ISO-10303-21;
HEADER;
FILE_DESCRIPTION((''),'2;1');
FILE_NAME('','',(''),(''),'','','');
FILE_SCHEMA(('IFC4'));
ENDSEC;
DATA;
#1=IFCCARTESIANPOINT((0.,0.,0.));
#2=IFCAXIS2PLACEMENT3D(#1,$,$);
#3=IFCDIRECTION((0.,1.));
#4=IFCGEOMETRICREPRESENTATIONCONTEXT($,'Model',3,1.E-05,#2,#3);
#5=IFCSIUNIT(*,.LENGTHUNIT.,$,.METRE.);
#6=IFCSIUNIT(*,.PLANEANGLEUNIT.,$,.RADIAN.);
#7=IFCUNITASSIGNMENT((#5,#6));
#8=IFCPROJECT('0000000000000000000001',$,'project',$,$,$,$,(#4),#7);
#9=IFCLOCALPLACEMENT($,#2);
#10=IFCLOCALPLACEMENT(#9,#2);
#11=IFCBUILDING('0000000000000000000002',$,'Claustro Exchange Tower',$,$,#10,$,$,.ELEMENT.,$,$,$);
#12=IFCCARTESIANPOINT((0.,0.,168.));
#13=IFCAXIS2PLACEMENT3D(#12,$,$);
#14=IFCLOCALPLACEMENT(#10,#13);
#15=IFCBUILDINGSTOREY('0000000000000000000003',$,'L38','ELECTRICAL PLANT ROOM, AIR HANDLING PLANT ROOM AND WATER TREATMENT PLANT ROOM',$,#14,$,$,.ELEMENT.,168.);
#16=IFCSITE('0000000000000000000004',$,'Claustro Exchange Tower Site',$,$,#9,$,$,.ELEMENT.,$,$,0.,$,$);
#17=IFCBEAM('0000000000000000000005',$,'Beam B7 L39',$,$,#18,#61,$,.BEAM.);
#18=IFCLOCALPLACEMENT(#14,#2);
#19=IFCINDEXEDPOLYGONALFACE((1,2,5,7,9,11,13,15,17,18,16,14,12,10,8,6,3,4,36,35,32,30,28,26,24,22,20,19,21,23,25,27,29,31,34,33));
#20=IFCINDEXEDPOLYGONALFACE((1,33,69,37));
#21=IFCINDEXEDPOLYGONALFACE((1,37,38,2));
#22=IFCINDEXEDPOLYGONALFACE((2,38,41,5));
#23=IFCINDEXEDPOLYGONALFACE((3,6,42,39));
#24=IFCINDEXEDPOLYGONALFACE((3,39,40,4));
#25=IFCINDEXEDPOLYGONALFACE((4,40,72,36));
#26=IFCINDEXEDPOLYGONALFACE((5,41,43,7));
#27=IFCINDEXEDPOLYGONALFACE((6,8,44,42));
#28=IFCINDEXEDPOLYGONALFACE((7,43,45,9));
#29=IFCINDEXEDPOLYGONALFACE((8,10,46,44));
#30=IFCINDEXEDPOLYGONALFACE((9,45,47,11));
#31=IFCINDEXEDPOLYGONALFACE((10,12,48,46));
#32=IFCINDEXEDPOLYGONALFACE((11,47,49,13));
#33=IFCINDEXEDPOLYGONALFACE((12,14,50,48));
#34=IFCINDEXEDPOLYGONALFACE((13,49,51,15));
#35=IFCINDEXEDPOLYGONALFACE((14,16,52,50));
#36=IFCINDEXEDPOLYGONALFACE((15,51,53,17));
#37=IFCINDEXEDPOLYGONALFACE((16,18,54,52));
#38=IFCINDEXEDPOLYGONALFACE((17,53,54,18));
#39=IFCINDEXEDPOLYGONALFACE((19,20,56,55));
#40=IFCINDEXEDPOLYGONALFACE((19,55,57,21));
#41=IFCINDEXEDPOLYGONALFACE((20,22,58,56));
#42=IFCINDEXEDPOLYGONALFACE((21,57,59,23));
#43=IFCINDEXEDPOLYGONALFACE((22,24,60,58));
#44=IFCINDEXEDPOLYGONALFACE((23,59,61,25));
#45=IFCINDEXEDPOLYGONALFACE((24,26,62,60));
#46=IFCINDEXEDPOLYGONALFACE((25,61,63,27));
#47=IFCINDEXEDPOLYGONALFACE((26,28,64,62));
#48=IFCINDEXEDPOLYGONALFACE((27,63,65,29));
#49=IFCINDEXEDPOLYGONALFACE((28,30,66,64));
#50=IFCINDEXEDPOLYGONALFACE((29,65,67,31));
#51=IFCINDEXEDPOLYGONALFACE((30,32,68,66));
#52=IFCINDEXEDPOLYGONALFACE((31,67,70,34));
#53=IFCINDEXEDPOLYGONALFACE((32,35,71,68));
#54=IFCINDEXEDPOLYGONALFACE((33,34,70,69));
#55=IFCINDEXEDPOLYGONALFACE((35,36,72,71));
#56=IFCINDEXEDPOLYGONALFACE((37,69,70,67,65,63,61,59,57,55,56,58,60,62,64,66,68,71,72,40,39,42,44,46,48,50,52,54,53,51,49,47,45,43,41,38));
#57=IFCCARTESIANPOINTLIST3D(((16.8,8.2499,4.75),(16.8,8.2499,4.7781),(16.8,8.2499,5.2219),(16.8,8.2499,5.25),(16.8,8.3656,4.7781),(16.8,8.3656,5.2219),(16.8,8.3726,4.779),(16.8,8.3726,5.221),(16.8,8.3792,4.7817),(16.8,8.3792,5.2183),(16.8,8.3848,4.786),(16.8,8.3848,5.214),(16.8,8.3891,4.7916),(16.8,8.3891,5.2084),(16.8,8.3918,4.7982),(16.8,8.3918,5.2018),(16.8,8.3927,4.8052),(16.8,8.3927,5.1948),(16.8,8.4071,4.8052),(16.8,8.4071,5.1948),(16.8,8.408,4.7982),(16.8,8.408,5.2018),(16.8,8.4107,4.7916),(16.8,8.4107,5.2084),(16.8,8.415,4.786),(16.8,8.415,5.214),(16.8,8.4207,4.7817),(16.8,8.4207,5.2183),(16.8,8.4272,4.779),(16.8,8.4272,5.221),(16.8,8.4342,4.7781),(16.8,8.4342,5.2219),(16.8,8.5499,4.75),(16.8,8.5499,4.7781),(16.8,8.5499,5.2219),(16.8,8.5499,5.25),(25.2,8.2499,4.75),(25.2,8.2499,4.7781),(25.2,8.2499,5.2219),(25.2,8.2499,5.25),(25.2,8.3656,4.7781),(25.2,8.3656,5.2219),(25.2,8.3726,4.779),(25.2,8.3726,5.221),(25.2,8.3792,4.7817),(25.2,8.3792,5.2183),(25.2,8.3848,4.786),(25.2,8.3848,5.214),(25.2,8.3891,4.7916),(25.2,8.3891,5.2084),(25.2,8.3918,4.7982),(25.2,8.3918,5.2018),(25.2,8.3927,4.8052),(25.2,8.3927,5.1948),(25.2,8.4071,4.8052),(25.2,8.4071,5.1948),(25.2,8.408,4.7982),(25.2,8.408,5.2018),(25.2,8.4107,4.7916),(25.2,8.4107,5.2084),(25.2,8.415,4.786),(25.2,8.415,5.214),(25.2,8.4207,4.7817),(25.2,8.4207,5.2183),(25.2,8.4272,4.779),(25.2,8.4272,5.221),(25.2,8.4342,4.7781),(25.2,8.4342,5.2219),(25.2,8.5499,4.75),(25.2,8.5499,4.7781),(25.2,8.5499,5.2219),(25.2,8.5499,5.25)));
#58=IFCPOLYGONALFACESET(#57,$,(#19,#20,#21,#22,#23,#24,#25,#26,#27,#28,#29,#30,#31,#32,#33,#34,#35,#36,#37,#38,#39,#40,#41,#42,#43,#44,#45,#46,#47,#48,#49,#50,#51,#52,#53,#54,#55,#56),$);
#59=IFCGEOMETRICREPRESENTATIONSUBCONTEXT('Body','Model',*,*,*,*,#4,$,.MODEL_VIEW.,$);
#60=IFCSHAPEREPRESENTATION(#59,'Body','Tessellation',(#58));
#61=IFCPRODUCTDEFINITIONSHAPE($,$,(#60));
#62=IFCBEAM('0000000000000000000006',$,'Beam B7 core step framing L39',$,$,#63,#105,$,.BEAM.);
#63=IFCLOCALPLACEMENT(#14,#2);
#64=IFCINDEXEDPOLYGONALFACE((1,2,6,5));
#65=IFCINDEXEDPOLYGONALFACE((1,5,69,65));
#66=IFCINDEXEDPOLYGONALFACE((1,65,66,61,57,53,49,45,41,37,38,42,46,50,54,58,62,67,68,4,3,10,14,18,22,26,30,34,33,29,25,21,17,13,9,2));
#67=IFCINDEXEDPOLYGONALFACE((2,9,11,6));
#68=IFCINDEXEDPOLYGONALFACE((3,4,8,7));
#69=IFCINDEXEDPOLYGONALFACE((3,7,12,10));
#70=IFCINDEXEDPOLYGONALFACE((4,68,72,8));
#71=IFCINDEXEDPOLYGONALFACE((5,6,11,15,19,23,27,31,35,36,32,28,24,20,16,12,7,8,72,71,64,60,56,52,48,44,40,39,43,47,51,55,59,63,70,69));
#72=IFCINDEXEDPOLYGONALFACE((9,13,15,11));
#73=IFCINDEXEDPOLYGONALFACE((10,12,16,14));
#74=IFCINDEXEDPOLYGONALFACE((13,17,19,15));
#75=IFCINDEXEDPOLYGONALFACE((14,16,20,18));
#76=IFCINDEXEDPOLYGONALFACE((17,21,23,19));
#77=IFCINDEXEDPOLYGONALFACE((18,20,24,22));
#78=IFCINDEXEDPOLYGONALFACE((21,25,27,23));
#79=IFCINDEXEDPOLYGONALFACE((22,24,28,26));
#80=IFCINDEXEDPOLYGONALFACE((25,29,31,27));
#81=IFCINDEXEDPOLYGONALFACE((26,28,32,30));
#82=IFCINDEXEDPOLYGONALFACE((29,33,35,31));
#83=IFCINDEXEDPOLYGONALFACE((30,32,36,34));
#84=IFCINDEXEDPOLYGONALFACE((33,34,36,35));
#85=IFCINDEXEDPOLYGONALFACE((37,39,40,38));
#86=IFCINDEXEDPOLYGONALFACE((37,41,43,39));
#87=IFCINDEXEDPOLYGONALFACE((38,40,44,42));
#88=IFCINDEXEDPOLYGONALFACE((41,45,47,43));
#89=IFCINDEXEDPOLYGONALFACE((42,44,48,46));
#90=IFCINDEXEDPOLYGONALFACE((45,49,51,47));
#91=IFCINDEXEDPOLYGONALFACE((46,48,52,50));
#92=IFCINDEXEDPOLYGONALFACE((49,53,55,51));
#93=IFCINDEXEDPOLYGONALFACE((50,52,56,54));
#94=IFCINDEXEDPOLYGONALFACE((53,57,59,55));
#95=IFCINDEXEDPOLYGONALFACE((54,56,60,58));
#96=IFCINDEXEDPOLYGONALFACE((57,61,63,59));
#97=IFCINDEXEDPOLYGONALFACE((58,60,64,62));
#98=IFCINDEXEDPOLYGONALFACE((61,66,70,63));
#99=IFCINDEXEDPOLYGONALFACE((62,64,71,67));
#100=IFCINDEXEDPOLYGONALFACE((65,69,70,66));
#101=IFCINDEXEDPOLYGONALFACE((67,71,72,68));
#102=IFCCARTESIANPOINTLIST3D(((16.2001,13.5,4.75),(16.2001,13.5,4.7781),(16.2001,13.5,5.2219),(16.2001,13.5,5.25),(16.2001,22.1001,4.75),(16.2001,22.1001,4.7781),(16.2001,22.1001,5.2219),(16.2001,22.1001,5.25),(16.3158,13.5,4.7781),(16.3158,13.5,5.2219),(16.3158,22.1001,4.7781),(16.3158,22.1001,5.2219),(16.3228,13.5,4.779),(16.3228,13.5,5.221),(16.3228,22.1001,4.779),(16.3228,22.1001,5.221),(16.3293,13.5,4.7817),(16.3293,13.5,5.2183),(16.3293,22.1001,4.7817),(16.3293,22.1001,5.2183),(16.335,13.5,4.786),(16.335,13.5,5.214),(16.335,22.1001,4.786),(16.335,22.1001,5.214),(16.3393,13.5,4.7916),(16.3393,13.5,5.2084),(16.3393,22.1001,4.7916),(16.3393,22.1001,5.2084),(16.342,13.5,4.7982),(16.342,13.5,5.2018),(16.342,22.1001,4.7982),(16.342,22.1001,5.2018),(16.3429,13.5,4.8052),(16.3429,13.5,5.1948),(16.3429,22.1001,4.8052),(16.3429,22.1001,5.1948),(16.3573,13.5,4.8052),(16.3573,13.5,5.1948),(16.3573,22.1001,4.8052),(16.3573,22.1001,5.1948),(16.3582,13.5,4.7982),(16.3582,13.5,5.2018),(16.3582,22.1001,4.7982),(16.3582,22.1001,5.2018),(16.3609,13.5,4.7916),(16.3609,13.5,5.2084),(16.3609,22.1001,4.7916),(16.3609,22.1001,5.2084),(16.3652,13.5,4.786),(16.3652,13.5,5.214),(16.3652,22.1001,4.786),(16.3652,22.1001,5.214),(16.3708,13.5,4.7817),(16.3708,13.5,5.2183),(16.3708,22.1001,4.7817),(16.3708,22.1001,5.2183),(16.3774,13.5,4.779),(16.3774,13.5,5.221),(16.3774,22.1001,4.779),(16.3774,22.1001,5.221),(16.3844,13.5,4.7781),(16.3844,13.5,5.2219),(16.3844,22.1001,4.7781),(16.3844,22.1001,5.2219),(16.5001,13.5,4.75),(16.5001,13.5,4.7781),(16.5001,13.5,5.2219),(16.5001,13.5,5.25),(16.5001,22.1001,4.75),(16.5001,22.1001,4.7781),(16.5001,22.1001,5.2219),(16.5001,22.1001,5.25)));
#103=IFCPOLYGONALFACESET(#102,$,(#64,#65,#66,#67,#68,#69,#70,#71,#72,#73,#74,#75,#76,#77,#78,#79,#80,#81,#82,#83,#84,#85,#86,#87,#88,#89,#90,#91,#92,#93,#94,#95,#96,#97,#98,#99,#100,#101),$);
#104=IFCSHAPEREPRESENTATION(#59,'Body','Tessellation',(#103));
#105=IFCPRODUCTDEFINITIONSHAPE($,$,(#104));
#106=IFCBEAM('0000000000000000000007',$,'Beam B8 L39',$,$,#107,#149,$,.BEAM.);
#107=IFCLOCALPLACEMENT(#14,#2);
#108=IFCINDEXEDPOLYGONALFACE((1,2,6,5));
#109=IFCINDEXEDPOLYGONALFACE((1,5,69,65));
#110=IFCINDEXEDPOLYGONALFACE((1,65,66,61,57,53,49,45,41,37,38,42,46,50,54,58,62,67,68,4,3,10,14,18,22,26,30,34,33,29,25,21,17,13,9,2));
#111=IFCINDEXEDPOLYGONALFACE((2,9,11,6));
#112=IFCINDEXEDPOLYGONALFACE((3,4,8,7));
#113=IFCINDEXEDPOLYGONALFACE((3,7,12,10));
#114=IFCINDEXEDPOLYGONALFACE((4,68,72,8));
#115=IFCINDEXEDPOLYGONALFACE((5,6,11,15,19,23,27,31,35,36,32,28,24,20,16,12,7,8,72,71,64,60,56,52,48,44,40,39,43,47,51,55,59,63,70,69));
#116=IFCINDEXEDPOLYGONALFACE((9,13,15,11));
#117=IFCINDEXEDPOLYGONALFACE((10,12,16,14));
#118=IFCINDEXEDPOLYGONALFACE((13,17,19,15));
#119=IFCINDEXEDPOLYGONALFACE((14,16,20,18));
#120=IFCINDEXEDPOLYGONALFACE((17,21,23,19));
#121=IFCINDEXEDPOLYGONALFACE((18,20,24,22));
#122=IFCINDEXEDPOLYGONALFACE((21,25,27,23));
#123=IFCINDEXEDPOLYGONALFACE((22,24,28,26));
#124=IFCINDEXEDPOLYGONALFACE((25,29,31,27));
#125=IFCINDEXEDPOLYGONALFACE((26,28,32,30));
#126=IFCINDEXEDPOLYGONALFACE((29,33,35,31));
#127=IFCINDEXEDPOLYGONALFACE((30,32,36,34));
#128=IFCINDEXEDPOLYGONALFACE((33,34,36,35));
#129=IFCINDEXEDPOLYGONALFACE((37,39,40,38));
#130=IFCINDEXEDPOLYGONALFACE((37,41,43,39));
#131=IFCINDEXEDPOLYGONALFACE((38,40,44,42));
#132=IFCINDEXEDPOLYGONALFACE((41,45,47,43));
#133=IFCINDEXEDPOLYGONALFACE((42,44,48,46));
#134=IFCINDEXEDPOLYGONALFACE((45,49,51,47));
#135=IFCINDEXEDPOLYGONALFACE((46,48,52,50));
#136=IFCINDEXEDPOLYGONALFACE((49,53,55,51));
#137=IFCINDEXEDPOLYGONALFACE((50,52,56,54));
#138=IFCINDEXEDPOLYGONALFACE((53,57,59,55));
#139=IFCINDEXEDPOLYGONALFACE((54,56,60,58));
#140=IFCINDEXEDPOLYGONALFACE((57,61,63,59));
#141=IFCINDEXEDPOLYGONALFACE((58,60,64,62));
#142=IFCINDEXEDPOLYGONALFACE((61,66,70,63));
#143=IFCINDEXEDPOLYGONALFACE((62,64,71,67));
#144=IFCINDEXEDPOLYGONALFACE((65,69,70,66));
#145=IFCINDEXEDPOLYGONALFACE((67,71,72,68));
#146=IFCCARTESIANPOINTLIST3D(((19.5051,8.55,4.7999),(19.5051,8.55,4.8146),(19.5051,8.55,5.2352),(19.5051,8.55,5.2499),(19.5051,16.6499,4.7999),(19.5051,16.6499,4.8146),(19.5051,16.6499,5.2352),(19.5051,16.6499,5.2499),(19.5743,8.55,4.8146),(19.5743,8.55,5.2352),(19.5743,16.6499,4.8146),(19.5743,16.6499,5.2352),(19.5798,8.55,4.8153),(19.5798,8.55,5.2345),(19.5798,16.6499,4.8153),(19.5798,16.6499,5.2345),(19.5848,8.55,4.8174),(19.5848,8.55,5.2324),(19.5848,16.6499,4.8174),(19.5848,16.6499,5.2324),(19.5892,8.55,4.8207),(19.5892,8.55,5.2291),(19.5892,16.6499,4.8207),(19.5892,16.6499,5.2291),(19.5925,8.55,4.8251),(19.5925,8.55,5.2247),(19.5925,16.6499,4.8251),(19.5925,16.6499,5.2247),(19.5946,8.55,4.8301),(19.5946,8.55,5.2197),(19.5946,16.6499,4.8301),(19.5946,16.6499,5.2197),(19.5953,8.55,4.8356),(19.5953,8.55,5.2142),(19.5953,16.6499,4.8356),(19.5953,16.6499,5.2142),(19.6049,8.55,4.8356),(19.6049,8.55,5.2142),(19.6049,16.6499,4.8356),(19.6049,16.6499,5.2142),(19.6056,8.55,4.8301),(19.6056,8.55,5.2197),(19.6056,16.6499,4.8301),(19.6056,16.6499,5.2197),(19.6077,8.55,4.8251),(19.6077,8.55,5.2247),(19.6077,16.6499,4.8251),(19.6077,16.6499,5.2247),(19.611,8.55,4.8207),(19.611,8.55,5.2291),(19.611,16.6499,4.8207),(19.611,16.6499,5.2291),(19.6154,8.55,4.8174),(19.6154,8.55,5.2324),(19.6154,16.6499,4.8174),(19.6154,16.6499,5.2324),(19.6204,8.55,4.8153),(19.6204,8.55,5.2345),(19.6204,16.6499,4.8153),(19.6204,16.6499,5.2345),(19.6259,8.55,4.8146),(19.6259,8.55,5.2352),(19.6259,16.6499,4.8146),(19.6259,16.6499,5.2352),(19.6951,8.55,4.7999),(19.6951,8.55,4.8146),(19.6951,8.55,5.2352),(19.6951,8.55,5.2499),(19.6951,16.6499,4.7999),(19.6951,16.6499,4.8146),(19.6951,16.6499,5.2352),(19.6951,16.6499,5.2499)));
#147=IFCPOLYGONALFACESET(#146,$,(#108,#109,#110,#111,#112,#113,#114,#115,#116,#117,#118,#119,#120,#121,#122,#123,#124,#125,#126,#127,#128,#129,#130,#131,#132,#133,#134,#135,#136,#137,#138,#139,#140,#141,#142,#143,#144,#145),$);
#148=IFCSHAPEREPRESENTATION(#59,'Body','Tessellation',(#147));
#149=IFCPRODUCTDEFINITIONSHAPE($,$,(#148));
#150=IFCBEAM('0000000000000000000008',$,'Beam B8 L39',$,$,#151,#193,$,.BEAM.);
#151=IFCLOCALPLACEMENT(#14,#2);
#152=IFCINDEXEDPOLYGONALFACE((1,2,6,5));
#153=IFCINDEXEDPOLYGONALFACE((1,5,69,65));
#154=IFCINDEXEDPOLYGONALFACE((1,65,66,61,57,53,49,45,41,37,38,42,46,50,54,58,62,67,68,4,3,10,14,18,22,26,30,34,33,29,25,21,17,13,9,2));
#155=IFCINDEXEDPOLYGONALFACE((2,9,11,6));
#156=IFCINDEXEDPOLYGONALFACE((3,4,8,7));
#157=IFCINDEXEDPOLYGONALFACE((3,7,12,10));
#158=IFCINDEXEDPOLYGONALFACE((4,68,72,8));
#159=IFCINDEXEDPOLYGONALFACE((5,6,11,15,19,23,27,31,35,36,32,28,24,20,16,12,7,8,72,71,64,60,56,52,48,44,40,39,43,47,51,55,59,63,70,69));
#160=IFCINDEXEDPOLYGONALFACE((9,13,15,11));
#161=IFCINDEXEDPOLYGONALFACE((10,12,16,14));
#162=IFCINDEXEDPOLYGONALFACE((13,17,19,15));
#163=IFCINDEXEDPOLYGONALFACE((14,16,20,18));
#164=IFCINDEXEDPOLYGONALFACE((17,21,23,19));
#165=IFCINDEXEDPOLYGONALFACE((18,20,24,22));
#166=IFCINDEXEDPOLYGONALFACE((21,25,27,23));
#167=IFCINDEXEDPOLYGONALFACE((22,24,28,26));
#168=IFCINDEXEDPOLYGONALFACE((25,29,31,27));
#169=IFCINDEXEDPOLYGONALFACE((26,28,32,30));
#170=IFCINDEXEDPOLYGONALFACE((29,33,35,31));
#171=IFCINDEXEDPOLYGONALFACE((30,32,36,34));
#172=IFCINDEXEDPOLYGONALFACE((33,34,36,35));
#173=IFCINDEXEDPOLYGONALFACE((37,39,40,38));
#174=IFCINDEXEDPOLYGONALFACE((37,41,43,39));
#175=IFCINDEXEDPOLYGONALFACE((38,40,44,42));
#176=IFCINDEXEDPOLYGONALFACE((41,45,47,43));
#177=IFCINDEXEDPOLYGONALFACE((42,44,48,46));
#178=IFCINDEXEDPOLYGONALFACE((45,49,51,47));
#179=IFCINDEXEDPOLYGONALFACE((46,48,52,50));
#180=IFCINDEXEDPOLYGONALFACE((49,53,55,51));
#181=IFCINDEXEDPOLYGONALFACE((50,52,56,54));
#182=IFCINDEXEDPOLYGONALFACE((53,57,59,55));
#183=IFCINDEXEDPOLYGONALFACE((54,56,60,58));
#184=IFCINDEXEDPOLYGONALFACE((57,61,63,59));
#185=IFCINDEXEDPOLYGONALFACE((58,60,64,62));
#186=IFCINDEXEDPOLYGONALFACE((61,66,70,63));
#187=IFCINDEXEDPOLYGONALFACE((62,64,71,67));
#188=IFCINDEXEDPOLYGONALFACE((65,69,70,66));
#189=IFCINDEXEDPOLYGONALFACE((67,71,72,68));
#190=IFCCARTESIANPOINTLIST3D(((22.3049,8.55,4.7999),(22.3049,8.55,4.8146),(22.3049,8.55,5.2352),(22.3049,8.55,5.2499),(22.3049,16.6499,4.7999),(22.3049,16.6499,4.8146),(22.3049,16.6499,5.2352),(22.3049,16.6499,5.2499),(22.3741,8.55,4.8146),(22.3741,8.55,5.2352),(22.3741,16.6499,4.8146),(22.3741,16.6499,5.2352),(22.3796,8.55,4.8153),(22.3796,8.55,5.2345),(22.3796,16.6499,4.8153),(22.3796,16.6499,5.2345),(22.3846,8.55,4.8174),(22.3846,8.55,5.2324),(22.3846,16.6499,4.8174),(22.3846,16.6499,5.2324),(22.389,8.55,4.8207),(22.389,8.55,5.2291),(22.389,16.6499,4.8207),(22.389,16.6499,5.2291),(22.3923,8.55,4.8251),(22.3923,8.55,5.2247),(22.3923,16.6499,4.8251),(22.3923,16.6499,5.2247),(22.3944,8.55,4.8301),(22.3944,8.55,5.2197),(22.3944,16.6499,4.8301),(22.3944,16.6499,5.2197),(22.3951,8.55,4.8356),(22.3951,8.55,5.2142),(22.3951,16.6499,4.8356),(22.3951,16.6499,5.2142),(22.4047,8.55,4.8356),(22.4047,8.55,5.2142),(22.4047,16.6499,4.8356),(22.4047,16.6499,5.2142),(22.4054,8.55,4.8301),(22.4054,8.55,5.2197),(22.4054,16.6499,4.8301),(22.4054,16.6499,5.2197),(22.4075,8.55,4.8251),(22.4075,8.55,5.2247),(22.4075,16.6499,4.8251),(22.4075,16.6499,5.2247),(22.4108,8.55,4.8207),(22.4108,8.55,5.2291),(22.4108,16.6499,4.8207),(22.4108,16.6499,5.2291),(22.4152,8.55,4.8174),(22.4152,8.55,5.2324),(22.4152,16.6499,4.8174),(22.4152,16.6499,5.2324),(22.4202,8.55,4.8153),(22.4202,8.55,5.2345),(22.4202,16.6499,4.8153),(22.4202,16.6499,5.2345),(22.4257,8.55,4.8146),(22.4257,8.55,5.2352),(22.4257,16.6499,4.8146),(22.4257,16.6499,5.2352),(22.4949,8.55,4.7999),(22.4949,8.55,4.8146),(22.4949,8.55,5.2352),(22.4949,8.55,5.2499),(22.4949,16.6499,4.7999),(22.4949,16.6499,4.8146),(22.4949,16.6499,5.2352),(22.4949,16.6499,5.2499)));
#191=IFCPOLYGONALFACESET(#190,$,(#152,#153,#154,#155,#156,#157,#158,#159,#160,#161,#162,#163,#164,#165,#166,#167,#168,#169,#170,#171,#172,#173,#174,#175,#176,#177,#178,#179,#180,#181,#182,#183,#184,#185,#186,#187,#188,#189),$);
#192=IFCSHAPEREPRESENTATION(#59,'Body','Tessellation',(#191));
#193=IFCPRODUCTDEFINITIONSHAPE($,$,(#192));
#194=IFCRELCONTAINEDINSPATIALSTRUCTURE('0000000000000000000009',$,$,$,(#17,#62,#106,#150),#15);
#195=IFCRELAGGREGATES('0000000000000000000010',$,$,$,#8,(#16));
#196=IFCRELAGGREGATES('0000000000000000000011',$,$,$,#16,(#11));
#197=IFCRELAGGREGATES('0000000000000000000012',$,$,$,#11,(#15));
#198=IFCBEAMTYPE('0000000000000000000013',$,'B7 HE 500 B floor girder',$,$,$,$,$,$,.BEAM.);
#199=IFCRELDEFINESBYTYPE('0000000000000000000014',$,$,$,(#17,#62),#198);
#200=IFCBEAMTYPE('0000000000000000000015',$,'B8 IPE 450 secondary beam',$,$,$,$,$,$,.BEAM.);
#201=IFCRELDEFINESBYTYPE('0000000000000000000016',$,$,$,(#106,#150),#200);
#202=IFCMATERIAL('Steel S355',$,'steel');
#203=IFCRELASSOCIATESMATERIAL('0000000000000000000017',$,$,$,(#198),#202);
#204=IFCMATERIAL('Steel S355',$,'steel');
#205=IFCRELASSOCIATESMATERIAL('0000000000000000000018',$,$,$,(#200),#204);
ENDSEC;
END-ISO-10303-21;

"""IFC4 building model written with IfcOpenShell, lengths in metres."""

from ifc_helpers import new_model, si_unit, direction, frame, origin, origin_2d, place, context, subcontext, project, spatial, i_section, extrude, material, material_profile, profile_set, type_object, element, save


model = new_model("IFC4")

# Units and contexts
model_context = context("Model", 3, precision=1e-05, world=origin(), true_north=direction((0.0, 1.0)))
body_context = subcontext(model_context, "Body", "Model", "MODEL_VIEW")
ifc_project = project(units=[si_unit("LENGTHUNIT", "METRE"), si_unit("PLANEANGLEUNIT", "RADIAN")], contexts=[model_context])

# Site, building, storey
site_placement = place(None, origin())
site = spatial("IfcSite", under=ifc_project, at=site_placement, Name="Claustro Exchange Tower Site", CompositionType="ELEMENT", RefElevation=0.0)
building_placement = place(site_placement, origin())
building = spatial("IfcBuilding", under=site, at=building_placement, Name="Claustro Exchange Tower", CompositionType="ELEMENT")
storey_placement = place(building_placement, frame((0.0, 0.0, 168.0)))
storey = spatial("IfcBuildingStorey", under=building, at=storey_placement, Name="L38", Description="ELECTRICAL PLANT ROOM, AIR HANDLING PLANT ROOM AND WATER TREATMENT PLANT ROOM", CompositionType="ELEMENT", Elevation=168.0)

# Beams
ifc_material_1 = material(Name="Steel S355", Category="steel")
ifc_material_profile_1 = material_profile(ifc_material_1, i_section(OverallWidth=0.3, OverallDepth=0.5, WebThickness=0.0144, FlangeThickness=0.0281, FilletRadius=0.0271, at=origin_2d()), Name="HE 500 B")
ifc_profile_set_1 = profile_set([ifc_material_profile_1], Name="Steel S355")
beam_type_1 = type_object("IfcBeamType", Name="B7 HE 500 B floor girder", PredefinedType="BEAM", material=ifc_profile_set_1)
beam_1_placement = place(storey_placement, frame((16.8, 8.3999, 5.0), z_axis=(1.0, 0.0, 0.0), x_axis=(0.0, 1.0, 0.0)))
element("IfcBeam", 1, at=beam_1_placement, inside=storey, type_object=beam_type_1, Name="Beam B7 L39", PredefinedType="BEAM", context=body_context, shape_type="SweptSolid", body=[
    extrude(i_section(OverallWidth=0.3, OverallDepth=0.5, WebThickness=0.0144, FlangeThickness=0.0281, FilletRadius=0.0271, at=origin_2d()), origin(), (0.0, 0.0, 1.0), 8.3999),
])
beam_2_placement = place(storey_placement, frame((16.3501, 13.5, 5.0), z_axis=(0.0, 1.0, 0.0), x_axis=(-1.0, 0.0, 0.0)))
element("IfcBeam", 2, at=beam_2_placement, inside=storey, type_object=beam_type_1, Name="Beam B7 core step framing L39", PredefinedType="BEAM", context=body_context, shape_type="SweptSolid", body=[
    extrude(i_section(OverallWidth=0.3, OverallDepth=0.5, WebThickness=0.0144, FlangeThickness=0.0281, FilletRadius=0.0271, at=origin_2d()), origin(), (0.0, 0.0, 1.0), 8.6001),
])
ifc_material_2 = material(Name="Steel S355", Category="steel")
ifc_material_profile_2 = material_profile(ifc_material_2, i_section(OverallWidth=0.1899, OverallDepth=0.45, WebThickness=0.0095, FlangeThickness=0.0146, FilletRadius=0.021, at=origin_2d()), Name="IPE 450")
ifc_profile_set_2 = profile_set([ifc_material_profile_2], Name="Steel S355")
beam_type_2 = type_object("IfcBeamType", Name="B8 IPE 450 secondary beam", PredefinedType="BEAM", material=ifc_profile_set_2)
for number, where, z_axis, x_axis, name in (
    (3, (19.6001, 8.55, 5.0249), (0.0, 1.0, 0.0), (-1.0, 0.0, 0.0), "Beam B8 L39"),
    (4, (22.3999, 8.55, 5.0249), (0.0, 1.0, 0.0), (-1.0, 0.0, 0.0), "Beam B8 L39"),
):
    element("IfcBeam", number, at=place(storey_placement, frame(where, z_axis=z_axis, x_axis=x_axis)), inside=storey, type_object=beam_type_2, Name=name, PredefinedType="BEAM", context=body_context, shape_type="SweptSolid", body=[
        extrude(i_section(OverallWidth=0.1899, OverallDepth=0.45, WebThickness=0.0095, FlangeThickness=0.0146, FilletRadius=0.021, at=origin_2d()), origin(), (0.0, 0.0, 1.0), 8.0999),
    ])

save(model, "model.ifc")
